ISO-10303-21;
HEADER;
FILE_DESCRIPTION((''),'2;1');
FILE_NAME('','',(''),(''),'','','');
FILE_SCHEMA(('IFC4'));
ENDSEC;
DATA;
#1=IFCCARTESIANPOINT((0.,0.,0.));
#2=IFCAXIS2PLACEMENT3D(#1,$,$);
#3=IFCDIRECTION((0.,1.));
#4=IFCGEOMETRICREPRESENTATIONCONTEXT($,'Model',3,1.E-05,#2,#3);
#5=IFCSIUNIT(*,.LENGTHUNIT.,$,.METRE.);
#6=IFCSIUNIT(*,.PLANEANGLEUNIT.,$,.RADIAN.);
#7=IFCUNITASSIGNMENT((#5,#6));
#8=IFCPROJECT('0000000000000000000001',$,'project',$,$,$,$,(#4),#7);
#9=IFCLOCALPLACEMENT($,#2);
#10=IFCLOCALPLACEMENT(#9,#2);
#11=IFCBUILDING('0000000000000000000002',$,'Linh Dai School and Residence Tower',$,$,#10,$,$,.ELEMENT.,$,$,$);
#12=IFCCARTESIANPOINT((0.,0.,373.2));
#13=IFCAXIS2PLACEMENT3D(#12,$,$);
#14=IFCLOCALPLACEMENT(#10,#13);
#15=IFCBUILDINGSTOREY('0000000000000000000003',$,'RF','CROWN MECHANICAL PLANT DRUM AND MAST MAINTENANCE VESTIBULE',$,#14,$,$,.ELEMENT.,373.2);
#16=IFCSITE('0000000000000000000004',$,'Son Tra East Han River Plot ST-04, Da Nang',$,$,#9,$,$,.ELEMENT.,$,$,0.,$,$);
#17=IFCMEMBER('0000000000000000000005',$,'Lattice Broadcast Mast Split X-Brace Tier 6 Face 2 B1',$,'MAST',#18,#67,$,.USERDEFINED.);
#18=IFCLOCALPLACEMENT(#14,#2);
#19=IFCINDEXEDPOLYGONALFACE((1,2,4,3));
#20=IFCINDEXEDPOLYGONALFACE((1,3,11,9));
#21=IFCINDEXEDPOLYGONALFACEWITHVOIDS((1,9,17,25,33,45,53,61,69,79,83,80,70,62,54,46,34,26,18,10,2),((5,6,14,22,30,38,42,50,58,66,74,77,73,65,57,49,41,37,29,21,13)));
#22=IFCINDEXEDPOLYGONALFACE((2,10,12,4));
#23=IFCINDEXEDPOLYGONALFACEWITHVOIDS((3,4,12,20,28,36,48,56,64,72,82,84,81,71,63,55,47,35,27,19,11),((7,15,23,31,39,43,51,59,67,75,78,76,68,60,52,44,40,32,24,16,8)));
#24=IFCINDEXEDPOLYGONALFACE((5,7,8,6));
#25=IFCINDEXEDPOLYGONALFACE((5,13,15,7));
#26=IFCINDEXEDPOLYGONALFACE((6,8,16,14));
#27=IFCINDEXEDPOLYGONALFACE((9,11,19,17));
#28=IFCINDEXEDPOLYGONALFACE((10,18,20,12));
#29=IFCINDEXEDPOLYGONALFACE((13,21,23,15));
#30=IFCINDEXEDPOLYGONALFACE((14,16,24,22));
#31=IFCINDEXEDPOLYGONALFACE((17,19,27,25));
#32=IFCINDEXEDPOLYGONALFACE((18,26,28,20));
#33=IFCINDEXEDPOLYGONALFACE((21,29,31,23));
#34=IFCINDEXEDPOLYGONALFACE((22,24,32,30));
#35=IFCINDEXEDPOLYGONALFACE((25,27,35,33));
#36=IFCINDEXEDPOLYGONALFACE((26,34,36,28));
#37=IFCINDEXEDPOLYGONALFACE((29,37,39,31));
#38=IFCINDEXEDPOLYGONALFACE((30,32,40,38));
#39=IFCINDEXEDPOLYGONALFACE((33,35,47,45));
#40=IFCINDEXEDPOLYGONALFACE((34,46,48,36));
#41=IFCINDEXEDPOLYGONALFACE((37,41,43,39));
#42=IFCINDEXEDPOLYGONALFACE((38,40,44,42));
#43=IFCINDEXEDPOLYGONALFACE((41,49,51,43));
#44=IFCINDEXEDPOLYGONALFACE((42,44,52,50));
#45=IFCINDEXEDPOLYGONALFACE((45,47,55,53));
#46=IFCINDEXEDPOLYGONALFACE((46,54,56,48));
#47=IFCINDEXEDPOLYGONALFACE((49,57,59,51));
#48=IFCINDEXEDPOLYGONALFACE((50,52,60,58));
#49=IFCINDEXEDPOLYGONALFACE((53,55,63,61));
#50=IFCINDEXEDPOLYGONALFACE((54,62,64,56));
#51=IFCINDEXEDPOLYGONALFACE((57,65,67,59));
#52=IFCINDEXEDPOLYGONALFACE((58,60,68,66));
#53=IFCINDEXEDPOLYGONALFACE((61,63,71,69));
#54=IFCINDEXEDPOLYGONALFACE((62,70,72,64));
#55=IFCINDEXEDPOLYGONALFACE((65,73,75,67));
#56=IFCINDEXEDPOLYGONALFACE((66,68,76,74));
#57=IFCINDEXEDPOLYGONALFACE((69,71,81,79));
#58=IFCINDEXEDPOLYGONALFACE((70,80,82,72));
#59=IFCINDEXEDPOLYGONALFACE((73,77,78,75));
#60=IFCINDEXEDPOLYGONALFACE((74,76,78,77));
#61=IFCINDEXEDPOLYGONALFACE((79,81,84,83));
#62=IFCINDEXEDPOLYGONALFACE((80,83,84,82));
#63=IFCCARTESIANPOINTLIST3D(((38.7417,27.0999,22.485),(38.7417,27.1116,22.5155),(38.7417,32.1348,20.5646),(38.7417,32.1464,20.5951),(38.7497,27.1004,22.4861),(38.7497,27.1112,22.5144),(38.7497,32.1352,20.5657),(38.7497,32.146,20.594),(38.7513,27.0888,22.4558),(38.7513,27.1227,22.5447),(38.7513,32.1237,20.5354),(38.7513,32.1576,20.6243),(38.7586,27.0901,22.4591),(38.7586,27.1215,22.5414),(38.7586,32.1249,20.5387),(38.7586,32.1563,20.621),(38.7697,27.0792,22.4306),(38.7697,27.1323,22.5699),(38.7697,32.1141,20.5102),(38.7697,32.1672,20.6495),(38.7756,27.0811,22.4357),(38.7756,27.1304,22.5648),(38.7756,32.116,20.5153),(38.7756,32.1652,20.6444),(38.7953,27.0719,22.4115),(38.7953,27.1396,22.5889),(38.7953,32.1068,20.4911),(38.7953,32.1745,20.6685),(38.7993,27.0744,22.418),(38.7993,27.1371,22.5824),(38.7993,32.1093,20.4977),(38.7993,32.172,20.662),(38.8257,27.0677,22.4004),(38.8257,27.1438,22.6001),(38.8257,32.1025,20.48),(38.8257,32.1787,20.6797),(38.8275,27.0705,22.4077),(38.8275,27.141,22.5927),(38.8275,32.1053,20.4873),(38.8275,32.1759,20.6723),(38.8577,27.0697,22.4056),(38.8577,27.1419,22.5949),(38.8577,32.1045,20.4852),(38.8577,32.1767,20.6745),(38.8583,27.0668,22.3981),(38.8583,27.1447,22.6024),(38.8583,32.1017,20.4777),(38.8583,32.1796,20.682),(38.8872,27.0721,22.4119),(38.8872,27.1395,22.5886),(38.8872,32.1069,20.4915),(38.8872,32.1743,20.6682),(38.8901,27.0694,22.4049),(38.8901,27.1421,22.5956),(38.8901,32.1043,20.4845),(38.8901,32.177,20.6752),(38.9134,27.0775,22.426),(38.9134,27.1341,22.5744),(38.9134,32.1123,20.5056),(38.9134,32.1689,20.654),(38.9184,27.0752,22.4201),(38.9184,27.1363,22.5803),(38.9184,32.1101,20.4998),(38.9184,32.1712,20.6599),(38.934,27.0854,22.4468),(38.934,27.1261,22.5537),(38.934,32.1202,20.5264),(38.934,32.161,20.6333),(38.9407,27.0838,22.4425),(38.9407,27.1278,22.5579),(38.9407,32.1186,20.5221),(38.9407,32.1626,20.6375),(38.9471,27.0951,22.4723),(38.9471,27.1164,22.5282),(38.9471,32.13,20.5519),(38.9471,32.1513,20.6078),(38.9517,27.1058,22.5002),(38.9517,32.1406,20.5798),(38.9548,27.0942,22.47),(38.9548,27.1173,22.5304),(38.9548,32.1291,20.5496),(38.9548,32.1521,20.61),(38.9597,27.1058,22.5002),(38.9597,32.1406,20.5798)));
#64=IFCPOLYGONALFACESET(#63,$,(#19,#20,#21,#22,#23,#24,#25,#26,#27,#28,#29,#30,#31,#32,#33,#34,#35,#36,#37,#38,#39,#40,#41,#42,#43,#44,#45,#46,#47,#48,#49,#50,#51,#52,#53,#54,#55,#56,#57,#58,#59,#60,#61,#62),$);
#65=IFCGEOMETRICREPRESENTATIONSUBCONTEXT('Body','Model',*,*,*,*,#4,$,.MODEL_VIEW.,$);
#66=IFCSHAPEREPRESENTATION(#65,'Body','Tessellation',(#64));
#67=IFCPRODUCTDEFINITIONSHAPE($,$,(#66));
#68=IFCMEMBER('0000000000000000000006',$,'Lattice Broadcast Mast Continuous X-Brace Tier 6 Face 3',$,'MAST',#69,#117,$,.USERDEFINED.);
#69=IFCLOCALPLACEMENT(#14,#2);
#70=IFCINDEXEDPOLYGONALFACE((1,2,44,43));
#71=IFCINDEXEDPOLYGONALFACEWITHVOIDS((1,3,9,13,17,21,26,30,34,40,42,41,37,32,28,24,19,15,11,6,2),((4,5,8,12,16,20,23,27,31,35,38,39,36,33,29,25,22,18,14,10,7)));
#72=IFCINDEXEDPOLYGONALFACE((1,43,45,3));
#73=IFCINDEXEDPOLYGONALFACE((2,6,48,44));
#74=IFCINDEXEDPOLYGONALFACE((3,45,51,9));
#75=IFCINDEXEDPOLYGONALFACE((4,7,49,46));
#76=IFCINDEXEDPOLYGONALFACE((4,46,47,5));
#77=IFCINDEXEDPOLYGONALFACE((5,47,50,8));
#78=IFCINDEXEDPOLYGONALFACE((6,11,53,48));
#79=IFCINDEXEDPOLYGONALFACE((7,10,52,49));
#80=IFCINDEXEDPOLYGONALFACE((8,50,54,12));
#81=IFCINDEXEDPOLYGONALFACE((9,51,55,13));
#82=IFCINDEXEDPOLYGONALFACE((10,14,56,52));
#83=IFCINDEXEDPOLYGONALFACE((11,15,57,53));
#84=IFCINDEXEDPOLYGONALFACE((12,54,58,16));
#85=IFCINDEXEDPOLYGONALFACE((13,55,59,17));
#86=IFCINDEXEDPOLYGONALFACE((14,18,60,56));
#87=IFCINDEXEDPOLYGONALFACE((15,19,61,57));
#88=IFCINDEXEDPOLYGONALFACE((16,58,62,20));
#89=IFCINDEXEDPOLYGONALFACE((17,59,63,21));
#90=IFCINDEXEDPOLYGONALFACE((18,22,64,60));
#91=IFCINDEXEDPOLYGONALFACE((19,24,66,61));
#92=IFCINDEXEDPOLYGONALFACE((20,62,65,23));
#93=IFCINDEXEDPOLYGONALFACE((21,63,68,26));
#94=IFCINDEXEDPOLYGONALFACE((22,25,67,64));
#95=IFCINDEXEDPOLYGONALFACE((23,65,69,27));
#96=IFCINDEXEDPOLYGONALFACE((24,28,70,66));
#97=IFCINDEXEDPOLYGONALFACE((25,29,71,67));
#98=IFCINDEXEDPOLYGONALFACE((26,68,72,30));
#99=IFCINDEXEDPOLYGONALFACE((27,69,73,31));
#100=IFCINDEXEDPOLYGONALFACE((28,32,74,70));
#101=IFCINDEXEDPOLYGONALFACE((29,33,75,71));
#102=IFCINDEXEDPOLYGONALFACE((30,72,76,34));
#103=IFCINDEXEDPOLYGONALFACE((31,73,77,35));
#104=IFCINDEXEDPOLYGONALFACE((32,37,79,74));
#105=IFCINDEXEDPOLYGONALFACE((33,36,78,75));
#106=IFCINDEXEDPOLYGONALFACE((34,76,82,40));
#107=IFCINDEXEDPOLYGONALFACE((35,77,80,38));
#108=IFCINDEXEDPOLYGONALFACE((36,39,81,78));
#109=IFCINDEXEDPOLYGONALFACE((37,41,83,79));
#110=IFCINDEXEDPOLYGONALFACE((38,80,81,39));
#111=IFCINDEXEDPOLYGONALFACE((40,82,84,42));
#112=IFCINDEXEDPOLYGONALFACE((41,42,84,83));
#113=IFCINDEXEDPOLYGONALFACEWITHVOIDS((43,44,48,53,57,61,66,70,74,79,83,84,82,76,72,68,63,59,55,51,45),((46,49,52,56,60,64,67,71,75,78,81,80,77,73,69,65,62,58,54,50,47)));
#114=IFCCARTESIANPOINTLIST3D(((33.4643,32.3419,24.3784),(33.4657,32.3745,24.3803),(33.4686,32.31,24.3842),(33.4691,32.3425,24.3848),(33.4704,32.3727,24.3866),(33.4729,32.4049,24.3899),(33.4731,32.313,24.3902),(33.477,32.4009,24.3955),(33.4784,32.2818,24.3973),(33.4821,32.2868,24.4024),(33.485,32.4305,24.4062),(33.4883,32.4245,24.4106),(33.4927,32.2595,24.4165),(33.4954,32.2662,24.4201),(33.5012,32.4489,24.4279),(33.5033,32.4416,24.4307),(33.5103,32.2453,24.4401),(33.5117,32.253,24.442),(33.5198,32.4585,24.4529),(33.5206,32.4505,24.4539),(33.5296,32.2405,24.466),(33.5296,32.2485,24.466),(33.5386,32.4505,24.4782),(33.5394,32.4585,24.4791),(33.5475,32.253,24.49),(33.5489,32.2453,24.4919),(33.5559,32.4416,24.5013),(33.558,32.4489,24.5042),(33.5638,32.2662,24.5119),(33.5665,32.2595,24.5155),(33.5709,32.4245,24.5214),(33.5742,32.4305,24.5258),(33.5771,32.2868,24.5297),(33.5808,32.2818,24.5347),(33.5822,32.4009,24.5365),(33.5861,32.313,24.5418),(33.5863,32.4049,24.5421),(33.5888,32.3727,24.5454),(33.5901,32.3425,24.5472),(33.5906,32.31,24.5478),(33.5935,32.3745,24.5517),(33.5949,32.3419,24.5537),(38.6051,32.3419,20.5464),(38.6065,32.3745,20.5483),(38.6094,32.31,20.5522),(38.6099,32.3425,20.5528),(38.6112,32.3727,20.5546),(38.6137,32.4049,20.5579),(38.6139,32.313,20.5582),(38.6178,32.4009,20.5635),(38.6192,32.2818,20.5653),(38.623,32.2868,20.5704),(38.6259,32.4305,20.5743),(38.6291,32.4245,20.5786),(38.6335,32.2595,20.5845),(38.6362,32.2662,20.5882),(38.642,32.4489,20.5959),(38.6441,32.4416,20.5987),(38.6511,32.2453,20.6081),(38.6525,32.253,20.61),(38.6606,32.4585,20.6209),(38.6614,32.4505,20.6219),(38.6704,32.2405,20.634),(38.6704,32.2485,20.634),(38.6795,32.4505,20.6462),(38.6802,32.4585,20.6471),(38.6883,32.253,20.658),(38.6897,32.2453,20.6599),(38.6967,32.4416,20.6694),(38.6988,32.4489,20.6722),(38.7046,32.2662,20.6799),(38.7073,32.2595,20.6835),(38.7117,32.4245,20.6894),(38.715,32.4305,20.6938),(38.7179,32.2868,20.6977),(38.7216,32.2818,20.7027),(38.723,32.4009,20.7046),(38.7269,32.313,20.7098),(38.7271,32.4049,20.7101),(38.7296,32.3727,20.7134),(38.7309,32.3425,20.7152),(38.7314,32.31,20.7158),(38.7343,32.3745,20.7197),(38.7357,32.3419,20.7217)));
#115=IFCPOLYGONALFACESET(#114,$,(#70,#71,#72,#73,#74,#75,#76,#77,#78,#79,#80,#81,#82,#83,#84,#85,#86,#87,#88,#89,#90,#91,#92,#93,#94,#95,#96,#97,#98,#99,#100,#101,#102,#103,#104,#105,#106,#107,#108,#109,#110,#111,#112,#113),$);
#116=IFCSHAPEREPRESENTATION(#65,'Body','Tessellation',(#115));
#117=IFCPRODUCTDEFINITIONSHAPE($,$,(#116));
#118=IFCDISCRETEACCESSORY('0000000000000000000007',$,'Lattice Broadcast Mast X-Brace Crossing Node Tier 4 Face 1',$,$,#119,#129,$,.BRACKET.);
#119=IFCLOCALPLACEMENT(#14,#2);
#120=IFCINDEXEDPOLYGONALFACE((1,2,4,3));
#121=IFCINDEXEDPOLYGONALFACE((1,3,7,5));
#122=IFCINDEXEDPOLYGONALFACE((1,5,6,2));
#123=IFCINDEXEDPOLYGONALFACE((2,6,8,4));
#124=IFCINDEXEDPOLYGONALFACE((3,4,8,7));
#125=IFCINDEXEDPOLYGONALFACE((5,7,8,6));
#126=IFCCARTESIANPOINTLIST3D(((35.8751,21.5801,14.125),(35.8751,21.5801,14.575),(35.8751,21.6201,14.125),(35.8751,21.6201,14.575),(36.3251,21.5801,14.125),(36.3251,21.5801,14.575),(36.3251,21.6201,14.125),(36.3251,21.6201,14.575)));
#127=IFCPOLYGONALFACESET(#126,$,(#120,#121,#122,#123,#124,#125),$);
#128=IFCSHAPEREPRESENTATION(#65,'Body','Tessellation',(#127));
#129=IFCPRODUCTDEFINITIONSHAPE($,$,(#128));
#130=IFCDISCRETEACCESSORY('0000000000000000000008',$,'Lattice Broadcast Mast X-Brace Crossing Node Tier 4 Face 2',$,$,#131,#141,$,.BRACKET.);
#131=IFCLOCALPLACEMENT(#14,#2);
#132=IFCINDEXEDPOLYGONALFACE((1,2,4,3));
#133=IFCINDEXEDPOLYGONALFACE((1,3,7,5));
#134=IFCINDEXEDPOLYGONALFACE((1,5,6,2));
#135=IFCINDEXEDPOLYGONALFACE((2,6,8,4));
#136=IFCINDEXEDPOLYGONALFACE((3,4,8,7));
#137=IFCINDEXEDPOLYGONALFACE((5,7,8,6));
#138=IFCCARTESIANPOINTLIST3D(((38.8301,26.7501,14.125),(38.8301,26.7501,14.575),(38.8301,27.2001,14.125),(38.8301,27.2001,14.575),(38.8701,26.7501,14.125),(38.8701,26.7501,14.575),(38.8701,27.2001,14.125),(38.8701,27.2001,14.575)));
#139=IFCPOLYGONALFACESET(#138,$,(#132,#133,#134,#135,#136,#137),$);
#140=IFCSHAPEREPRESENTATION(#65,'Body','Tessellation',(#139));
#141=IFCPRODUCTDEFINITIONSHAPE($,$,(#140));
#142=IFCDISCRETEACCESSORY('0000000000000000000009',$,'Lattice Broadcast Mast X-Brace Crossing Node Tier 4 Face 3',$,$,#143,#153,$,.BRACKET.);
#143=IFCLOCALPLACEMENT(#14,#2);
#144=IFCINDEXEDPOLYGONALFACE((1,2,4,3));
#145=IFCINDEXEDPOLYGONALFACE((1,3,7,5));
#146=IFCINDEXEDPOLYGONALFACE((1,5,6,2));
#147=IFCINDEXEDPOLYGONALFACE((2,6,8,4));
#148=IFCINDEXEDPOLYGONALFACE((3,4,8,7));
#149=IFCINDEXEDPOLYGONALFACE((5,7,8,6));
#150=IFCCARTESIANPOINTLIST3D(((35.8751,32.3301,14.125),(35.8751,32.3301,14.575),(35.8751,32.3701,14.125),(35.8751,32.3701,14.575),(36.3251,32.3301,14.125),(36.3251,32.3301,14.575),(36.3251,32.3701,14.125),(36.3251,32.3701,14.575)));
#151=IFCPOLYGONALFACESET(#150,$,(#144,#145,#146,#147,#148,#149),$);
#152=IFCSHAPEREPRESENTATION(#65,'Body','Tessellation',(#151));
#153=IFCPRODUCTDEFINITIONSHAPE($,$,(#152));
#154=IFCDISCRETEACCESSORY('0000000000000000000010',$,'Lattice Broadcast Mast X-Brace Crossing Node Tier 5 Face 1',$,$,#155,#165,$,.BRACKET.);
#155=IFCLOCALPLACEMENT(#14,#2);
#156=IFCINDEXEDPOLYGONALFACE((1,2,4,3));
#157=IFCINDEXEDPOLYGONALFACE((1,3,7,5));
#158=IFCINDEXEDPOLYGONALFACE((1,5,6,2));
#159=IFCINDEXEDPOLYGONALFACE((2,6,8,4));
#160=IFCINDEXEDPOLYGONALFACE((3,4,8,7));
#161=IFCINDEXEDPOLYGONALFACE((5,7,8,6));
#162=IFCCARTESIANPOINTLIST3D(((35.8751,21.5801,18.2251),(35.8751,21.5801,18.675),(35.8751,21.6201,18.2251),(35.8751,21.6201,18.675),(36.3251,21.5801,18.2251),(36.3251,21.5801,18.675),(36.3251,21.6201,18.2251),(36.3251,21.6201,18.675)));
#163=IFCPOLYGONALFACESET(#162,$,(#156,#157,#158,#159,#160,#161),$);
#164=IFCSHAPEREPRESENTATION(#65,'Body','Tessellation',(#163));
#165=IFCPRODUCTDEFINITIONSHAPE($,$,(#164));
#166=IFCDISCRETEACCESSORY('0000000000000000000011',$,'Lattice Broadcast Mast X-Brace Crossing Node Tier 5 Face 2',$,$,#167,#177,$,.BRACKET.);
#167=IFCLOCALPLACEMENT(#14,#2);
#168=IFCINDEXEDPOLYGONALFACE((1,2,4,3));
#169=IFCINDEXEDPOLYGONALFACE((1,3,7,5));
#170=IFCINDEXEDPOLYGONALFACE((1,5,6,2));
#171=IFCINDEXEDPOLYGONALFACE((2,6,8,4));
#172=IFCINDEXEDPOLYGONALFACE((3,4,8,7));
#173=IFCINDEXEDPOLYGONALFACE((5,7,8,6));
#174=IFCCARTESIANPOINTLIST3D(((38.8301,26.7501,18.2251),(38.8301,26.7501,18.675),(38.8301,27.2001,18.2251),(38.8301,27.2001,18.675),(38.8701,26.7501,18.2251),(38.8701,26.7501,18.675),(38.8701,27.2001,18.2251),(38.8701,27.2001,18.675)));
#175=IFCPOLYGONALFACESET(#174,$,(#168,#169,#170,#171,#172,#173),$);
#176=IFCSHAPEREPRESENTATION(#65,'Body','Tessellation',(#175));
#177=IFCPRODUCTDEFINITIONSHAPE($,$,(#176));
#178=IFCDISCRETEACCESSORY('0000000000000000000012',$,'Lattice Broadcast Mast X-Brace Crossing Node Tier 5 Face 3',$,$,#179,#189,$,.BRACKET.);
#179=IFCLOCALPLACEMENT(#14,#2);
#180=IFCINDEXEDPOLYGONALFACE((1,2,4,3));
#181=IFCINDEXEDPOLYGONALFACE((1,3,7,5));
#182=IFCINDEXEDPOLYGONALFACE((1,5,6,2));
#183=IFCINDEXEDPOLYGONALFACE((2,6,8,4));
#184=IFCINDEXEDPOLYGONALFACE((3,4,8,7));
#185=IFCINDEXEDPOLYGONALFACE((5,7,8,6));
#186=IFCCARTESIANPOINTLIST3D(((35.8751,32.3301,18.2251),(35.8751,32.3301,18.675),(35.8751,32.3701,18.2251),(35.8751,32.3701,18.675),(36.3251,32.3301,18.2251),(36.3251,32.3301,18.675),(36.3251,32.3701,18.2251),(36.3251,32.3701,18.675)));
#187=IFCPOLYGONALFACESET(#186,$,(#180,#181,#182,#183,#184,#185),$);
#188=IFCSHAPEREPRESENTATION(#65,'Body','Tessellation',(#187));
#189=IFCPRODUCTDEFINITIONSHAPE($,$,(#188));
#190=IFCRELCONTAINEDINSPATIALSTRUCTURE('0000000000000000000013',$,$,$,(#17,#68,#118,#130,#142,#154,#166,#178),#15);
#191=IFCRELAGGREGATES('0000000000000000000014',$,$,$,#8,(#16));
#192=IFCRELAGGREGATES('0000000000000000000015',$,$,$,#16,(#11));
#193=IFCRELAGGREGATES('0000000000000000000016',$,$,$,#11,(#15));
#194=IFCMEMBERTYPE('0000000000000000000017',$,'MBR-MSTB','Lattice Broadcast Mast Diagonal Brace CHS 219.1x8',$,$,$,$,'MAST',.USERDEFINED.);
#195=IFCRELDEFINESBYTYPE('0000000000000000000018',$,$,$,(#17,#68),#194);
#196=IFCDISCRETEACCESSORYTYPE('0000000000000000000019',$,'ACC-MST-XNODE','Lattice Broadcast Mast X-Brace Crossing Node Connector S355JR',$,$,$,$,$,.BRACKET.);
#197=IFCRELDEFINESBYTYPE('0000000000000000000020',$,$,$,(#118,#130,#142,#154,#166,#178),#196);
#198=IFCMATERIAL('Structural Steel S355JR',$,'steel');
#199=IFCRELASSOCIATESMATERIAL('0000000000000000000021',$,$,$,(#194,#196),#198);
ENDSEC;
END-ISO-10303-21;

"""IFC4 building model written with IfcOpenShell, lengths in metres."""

from ifc_helpers import new_model, si_unit, direction, frame, origin, origin_2d, place, context, subcontext, project, spatial, rectangle, hollow_circle, extrude, source, transform, mapped, material, material_profile, profile_set, type_object, element, save


model = new_model("IFC4")

# Units and contexts
model_context = context("Model", 3, precision=1e-05, world=origin(), true_north=direction((0.0, 1.0)))
body_context = subcontext(model_context, "Body", "Model", "MODEL_VIEW")
ifc_project = project(units=[si_unit("LENGTHUNIT", "METRE"), si_unit("PLANEANGLEUNIT", "RADIAN")], contexts=[model_context])

# Site, building, storey
site_placement = place(None, origin())
site = spatial("IfcSite", under=ifc_project, at=site_placement, Name="Son Tra East Han River Plot ST-04, Da Nang", CompositionType="ELEMENT", RefElevation=0.0)
building_placement = place(site_placement, origin())
building = spatial("IfcBuilding", under=site, at=building_placement, Name="Linh Dai School and Residence Tower", CompositionType="ELEMENT")
storey_placement = place(building_placement, frame((0.0, 0.0, 373.2)))
storey = spatial("IfcBuildingStorey", under=building, at=storey_placement, Name="RF", Description="CROWN MECHANICAL PLANT DRUM AND MAST MAINTENANCE VESTIBULE", CompositionType="ELEMENT", Elevation=373.2)

# Shared definitions
ifc_material = material(Name="Structural Steel S355JR", Category="steel")

# Members
ifc_material_profile_1 = material_profile(ifc_material, hollow_circle(Radius=0.1096, WallThickness=0.0081, at=origin_2d()), Name="CHS 219.1x8")
ifc_profile_set_1 = profile_set([ifc_material_profile_1], Name="Structural Steel S355JR")
member_type = type_object("IfcMemberType", Name="MBR-MSTB", Description="Lattice Broadcast Mast Diagonal Brace CHS 219.1x8", ElementType="MAST", PredefinedType="USERDEFINED", material=ifc_profile_set_1)
member_1_placement = place(storey_placement, frame((38.8501, 32.1406, 20.5798), z_axis=(0.0, -0.934343, 0.356376), x_axis=(1.0, 0.0, 0.0)))
element("IfcMember", 1, at=member_1_placement, inside=storey, type_object=member_type, Name="Lattice Broadcast Mast Split X-Brace Tier 6 Face 2 B1", ObjectType="MAST", PredefinedType="USERDEFINED", context=body_context, shape_type="SweptSolid", body=[
    extrude(hollow_circle(Radius=0.1096, WallThickness=0.0081, at=origin_2d()), origin(), (0.0, 0.0, 1.0), 5.3887),
])
member_2_placement = place(storey_placement, frame((38.6704, 32.3501, 20.634), z_axis=(-0.801765, 0.0, 0.59764), x_axis=(0.0, -1.0, 0.0)))
element("IfcMember", 2, at=member_2_placement, inside=storey, type_object=member_type, Name="Lattice Broadcast Mast Continuous X-Brace Tier 6 Face 3", ObjectType="MAST", PredefinedType="USERDEFINED", context=body_context, shape_type="SweptSolid", body=[
    extrude(hollow_circle(Radius=0.1096, WallThickness=0.0081, at=origin_2d()), origin(), (0.0, 0.0, 1.0), 6.4119),
])

# Discrete accessories
discrete_accessory_type = type_object("IfcDiscreteAccessoryType", Name="ACC-MST-XNODE", Description="Lattice Broadcast Mast X-Brace Crossing Node Connector S355JR", PredefinedType="BRACKET", material=ifc_material)
shared_shape = source(origin(), body_context, "Body", "SweptSolid", [
    extrude(rectangle(XDim=0.45, YDim=0.04, at=origin_2d()), origin(), (0.0, 0.0, 1.0), 0.45),
])
for number, where, z_axis, x_axis, name in (
    (3, (36.1001, 21.6001, 14.125), (0.0, 0.0, 1.0), (1.0, 0.0, 0.0), "Lattice Broadcast Mast X-Brace Crossing Node Tier 4 Face 1"),
    (4, (38.8501, 26.9751, 14.125), (0.0, 0.0, 1.0), (0.0, 1.0, 0.0), "Lattice Broadcast Mast X-Brace Crossing Node Tier 4 Face 2"),
    (5, (36.1001, 32.3501, 14.125), (0.0, 0.0, 1.0), (-1.0, 0.0, 0.0), "Lattice Broadcast Mast X-Brace Crossing Node Tier 4 Face 3"),
    (6, (36.1001, 21.6001, 18.2251), (0.0, 0.0, 1.0), (1.0, 0.0, 0.0), "Lattice Broadcast Mast X-Brace Crossing Node Tier 5 Face 1"),
    (7, (38.8501, 26.9751, 18.2251), (0.0, 0.0, 1.0), (0.0, 1.0, 0.0), "Lattice Broadcast Mast X-Brace Crossing Node Tier 5 Face 2"),
    (8, (36.1001, 32.3501, 18.2251), (0.0, 0.0, 1.0), (-1.0, 0.0, 0.0), "Lattice Broadcast Mast X-Brace Crossing Node Tier 5 Face 3"),
):
    element("IfcDiscreteAccessory", number, at=place(storey_placement, frame(where, z_axis=z_axis, x_axis=x_axis)), inside=storey, type_object=discrete_accessory_type, Name=name, PredefinedType="BRACKET", context=body_context, shape_type="MappedRepresentation", body=[
        mapped(shared_shape, transform((0.0, 0.0, 0.0), x_axis=(1.0, 0.0, 0.0), y_axis=(0.0, 1.0, 0.0), z_axis=(0.0, 0.0, 1.0), scale=1.0)),
    ])

save(model, "model.ifc")
